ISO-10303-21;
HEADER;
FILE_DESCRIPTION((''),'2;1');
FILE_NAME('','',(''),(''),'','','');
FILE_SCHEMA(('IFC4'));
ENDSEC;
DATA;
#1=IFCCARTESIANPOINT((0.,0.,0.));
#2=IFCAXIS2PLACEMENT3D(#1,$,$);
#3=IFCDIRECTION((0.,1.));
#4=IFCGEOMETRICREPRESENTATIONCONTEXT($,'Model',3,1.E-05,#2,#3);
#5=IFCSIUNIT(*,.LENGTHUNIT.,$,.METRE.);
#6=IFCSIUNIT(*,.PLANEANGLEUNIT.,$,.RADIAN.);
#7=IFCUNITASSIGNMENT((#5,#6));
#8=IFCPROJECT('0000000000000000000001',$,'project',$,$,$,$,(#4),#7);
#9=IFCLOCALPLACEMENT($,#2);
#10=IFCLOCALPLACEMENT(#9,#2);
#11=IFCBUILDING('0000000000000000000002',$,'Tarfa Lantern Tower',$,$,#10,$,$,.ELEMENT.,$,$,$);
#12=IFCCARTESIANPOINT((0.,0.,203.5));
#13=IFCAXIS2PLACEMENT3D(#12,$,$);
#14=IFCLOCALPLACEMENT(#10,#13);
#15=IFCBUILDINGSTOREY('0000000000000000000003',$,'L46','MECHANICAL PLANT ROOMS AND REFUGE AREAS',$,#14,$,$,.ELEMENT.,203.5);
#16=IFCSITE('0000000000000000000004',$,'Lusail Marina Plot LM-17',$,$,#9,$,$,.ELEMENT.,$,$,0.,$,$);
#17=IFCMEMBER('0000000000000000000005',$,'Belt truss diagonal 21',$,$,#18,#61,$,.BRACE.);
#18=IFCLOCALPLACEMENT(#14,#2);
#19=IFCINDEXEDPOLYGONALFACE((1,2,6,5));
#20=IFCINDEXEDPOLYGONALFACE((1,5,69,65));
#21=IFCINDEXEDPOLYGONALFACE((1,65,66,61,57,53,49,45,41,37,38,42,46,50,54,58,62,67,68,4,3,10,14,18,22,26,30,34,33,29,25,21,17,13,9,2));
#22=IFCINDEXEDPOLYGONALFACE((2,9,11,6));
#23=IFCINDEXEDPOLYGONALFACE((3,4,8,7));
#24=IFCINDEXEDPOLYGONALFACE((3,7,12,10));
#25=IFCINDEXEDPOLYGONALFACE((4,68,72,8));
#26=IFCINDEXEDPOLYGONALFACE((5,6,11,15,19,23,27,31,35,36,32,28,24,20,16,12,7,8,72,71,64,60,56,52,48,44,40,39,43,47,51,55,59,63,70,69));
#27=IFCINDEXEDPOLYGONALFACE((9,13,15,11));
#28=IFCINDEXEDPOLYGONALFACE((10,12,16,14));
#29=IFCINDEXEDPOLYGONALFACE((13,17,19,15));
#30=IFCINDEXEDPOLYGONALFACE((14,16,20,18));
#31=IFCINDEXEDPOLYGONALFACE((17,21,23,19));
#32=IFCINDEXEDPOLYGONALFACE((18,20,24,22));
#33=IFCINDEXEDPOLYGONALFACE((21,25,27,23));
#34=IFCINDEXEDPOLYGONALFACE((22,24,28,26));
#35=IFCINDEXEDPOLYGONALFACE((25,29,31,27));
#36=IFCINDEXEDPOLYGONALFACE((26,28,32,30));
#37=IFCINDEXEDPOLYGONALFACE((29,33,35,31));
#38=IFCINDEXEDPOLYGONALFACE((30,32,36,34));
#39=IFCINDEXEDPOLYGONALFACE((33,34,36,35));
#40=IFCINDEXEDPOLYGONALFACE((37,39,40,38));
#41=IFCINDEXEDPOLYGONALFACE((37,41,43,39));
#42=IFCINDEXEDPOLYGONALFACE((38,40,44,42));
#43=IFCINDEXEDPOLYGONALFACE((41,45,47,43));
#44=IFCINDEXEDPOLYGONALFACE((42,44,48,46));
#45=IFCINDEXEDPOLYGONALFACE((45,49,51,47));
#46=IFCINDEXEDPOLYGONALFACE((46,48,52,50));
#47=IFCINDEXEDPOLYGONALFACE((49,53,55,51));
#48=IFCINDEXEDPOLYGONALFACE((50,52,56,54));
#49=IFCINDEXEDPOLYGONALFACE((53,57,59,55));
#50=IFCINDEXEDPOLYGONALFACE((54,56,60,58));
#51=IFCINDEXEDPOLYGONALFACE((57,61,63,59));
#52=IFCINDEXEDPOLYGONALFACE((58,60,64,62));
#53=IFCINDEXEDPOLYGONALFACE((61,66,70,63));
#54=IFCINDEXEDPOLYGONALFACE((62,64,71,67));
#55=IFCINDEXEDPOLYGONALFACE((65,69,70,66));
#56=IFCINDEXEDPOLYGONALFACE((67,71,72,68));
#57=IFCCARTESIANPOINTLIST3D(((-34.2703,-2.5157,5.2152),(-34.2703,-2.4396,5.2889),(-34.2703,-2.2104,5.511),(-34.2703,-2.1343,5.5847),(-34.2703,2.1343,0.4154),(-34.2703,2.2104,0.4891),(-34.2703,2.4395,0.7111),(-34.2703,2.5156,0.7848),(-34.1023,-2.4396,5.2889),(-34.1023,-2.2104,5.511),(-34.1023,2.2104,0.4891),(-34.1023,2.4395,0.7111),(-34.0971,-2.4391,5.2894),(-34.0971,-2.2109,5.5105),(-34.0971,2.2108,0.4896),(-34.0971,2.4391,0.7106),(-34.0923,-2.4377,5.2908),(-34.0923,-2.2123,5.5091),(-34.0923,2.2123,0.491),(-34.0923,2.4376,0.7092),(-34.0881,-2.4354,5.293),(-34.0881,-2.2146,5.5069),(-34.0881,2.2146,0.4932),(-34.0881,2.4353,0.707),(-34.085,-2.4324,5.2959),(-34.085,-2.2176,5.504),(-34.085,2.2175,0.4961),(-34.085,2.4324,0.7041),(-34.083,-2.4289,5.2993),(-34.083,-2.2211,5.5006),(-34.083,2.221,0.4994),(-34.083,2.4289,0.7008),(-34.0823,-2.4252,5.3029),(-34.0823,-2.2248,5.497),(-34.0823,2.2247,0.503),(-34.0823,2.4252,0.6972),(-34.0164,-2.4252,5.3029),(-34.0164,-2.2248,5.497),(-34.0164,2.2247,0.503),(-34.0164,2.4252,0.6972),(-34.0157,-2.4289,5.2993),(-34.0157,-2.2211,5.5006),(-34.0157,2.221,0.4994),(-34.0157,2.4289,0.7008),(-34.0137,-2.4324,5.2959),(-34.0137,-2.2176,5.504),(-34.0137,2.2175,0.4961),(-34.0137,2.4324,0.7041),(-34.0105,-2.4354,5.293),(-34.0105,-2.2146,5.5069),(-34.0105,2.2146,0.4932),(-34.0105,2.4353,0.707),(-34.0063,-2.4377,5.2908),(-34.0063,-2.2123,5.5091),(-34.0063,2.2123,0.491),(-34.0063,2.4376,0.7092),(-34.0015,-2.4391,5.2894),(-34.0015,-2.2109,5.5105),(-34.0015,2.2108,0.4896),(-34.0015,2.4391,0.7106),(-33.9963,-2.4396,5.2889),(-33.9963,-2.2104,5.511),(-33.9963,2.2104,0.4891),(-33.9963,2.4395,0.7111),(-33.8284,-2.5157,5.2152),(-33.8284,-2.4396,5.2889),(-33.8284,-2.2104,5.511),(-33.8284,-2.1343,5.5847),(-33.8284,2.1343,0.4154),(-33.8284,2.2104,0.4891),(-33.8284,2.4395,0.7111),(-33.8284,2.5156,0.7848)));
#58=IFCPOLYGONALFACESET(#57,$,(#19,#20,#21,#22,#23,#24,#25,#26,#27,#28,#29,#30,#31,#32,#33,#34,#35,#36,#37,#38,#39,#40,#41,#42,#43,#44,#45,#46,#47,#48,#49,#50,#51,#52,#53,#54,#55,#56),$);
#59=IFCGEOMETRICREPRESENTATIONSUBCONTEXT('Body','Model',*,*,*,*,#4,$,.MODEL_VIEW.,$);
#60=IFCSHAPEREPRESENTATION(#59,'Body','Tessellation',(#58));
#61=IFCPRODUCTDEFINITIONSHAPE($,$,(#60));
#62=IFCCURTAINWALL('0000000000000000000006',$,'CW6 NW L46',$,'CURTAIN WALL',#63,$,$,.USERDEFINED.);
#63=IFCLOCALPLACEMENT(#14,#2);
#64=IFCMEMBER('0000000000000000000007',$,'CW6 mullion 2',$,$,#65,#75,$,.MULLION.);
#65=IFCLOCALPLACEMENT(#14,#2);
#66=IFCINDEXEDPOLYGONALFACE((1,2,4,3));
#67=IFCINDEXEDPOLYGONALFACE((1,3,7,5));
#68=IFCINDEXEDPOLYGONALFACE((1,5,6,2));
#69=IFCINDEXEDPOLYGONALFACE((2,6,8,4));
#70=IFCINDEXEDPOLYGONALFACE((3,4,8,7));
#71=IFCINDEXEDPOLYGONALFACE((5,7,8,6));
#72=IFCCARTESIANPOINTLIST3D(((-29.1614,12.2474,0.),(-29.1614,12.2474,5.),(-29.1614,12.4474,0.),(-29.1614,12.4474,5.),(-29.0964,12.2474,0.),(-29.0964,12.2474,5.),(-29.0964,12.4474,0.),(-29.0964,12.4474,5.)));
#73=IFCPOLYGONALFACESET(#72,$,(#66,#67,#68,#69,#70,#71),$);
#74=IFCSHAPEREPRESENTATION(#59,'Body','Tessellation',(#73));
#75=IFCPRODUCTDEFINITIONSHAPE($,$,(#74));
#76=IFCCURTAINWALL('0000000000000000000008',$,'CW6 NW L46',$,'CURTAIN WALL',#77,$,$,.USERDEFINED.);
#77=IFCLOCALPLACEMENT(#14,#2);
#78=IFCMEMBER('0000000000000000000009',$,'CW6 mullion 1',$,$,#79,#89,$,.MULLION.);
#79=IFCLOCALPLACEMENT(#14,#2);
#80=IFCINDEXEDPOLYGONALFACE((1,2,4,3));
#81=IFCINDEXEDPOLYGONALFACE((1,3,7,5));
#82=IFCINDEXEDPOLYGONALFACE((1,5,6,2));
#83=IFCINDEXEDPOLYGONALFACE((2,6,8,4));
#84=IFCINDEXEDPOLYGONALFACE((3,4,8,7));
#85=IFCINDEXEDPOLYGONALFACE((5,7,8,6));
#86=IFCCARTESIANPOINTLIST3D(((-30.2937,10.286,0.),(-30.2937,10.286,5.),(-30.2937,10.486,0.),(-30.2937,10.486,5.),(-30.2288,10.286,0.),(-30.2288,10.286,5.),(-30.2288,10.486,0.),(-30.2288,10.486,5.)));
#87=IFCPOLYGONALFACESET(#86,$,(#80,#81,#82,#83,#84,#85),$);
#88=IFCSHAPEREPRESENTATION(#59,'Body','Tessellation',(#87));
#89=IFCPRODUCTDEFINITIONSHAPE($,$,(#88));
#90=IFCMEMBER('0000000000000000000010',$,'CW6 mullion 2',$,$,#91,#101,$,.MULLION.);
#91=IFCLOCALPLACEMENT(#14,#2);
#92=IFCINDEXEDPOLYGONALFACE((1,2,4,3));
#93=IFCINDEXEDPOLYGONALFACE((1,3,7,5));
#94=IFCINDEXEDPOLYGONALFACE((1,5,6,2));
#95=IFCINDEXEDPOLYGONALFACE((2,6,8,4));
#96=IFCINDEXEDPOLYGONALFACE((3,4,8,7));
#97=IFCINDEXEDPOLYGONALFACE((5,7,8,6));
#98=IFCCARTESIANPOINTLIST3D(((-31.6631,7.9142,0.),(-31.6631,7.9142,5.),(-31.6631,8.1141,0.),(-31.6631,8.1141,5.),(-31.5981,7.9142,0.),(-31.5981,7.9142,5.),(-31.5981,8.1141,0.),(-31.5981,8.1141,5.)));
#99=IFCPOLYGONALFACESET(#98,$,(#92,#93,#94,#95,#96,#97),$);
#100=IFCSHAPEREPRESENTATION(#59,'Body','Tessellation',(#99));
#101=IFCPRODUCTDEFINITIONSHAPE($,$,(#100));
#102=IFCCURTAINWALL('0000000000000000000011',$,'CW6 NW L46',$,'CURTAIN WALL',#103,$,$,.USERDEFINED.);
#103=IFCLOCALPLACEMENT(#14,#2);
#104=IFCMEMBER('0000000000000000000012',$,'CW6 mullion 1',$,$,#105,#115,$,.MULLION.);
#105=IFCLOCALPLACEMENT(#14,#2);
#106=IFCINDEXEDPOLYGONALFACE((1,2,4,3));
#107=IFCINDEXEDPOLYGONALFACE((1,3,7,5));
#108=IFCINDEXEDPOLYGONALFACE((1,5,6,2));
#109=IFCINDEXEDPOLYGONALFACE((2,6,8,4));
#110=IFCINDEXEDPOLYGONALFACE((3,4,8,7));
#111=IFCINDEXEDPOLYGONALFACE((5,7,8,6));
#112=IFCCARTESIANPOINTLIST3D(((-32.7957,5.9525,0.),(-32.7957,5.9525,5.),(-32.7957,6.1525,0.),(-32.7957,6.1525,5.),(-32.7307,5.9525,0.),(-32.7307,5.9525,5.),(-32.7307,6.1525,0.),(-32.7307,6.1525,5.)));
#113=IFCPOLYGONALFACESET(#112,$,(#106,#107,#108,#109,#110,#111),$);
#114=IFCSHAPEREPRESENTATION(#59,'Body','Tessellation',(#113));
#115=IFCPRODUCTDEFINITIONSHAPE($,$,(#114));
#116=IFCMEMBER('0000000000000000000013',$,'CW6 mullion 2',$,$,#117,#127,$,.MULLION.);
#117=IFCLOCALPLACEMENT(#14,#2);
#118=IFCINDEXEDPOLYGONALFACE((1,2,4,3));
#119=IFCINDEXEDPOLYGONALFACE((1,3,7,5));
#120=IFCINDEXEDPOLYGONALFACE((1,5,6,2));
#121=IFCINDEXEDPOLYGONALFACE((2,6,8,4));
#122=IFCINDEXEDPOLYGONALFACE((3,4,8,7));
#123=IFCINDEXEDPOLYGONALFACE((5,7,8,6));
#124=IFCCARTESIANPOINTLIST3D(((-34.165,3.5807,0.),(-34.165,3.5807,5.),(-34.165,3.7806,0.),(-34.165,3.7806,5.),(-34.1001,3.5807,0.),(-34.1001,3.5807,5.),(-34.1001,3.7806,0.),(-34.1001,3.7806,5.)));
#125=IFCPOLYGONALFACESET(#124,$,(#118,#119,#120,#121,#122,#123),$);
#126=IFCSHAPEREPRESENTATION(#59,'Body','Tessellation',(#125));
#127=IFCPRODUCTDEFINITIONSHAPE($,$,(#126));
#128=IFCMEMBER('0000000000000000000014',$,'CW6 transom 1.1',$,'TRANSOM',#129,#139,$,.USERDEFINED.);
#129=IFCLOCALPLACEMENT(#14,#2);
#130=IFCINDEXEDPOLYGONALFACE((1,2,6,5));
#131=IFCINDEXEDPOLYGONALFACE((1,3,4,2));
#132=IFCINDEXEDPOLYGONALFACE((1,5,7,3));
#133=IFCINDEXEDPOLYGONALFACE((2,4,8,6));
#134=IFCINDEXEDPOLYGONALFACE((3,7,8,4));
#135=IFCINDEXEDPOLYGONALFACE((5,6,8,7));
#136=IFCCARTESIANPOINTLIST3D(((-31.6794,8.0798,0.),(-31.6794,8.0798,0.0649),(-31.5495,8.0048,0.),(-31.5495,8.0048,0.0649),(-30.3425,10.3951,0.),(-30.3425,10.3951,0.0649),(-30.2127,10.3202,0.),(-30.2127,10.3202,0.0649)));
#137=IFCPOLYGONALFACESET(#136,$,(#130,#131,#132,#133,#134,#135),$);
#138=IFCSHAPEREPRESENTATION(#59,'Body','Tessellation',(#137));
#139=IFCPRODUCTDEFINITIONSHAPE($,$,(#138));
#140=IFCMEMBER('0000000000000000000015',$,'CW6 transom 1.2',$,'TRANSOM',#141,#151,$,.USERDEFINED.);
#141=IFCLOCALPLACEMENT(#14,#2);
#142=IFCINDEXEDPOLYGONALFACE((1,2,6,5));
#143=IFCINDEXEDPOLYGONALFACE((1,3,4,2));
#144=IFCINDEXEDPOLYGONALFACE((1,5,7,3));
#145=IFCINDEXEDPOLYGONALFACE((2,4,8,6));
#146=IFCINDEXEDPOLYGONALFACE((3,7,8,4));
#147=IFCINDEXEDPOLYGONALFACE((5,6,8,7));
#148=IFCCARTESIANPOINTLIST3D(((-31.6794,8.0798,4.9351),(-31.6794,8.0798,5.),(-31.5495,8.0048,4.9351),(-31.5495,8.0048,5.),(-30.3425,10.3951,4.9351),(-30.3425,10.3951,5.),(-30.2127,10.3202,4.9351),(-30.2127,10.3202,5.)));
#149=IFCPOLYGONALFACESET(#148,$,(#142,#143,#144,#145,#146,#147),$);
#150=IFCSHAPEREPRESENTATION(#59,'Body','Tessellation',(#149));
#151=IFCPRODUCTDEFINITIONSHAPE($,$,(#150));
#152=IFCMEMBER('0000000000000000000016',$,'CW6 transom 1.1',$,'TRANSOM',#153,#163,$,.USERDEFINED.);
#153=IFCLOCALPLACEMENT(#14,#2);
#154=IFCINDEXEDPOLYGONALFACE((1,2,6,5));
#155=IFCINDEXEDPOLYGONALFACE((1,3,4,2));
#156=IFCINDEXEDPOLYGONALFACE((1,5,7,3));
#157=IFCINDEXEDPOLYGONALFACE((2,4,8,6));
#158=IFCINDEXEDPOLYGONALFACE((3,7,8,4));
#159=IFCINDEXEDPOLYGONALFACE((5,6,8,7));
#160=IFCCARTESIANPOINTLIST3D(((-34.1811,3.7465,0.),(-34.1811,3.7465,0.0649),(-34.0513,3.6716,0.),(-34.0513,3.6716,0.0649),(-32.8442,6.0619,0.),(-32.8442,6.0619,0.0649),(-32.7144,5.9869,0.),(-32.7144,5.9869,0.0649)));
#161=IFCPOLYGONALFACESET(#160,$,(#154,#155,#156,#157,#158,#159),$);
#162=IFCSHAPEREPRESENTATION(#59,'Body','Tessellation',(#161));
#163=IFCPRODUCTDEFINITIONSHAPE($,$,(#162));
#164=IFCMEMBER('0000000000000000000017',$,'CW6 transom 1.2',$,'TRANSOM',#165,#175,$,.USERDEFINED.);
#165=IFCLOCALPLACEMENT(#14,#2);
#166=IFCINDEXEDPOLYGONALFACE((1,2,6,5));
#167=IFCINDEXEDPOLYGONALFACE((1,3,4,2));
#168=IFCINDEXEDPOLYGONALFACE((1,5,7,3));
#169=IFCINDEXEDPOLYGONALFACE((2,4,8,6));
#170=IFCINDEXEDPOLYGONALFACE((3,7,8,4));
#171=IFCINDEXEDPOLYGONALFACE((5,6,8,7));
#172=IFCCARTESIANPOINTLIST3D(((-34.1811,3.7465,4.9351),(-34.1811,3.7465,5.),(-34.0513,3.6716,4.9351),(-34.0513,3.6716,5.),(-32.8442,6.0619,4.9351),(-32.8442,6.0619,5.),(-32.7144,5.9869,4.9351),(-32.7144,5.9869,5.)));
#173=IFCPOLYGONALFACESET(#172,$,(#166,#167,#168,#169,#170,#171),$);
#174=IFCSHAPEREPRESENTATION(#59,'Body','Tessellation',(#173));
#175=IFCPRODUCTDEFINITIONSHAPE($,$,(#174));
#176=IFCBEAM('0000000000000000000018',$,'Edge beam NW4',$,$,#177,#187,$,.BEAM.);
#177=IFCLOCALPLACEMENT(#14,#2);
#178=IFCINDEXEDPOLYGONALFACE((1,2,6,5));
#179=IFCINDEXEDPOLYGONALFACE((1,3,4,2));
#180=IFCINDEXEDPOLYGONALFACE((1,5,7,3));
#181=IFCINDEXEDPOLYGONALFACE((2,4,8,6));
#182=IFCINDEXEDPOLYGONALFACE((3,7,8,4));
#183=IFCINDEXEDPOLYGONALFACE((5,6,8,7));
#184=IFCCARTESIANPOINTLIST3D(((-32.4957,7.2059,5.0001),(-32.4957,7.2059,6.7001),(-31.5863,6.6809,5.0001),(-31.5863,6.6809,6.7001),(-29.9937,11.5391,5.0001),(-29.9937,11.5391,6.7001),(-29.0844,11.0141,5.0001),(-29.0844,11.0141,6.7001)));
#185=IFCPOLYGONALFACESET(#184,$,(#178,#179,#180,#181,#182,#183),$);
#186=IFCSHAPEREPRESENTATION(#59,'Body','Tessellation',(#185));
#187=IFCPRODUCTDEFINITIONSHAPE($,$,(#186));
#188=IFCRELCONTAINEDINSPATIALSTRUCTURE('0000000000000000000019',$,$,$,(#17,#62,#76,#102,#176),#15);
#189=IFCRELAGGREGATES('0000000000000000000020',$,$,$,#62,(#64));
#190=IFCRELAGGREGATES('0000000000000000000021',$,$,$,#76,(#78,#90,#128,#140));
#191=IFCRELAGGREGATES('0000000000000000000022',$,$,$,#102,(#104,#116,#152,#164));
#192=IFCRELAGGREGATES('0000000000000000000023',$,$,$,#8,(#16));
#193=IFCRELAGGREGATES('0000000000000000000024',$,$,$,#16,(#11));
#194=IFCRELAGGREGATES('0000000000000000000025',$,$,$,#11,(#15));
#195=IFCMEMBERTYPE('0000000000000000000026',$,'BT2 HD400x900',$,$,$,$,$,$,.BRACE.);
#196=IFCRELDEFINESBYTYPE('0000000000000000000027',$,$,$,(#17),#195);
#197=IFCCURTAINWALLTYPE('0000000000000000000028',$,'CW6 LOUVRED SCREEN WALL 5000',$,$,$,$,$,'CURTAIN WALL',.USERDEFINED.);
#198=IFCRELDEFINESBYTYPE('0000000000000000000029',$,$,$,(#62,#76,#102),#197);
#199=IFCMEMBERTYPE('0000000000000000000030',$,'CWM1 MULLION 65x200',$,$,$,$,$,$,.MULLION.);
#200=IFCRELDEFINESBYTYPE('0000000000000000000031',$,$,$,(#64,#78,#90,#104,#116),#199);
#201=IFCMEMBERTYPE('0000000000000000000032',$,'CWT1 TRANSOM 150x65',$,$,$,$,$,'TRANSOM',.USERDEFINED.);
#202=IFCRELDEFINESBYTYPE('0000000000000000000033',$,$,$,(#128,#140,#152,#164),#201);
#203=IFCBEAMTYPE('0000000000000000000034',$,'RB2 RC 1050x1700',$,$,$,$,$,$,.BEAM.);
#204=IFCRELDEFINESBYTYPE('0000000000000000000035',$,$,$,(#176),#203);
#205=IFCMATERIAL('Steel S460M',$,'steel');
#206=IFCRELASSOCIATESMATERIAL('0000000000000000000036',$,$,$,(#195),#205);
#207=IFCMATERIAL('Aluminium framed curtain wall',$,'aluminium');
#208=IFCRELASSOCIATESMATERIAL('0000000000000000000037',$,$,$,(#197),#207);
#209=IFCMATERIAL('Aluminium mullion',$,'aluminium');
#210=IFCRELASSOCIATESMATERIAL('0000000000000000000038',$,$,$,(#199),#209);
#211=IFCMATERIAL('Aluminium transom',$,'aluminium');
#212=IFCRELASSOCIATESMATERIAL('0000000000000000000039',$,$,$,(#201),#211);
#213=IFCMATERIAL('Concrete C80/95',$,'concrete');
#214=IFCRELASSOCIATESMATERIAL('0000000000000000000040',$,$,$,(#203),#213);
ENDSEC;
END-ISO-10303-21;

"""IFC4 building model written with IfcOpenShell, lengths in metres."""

from ifc_helpers import new_model, si_unit, direction, frame, origin, origin_2d, place, context, subcontext, project, spatial, rectangle, i_section, extrude, material, material_profile, profile_set, type_object, element, aggregate, save


model = new_model("IFC4")

# Units and contexts
model_context = context("Model", 3, precision=1e-05, world=origin(), true_north=direction((0.0, 1.0)))
body_context = subcontext(model_context, "Body", "Model", "MODEL_VIEW")
ifc_project = project(units=[si_unit("LENGTHUNIT", "METRE"), si_unit("PLANEANGLEUNIT", "RADIAN")], contexts=[model_context])

# Site, building, storey
site_placement = place(None, origin())
site = spatial("IfcSite", under=ifc_project, at=site_placement, Name="Lusail Marina Plot LM-17", CompositionType="ELEMENT", RefElevation=0.0)
building_placement = place(site_placement, origin())
building = spatial("IfcBuilding", under=site, at=building_placement, Name="Tarfa Lantern Tower", CompositionType="ELEMENT")
storey_placement = place(building_placement, frame((0.0, 0.0, 203.5)))
storey = spatial("IfcBuildingStorey", under=building, at=storey_placement, Name="L46", Description="MECHANICAL PLANT ROOMS AND REFUGE AREAS", CompositionType="ELEMENT", Elevation=203.5)

# Shared definitions
ifc_material_1 = material(Name="Concrete C80/95", Category="concrete")

# Member
ifc_material_2 = material(Name="Steel S460M", Category="steel")
ifc_material_profile_1 = material_profile(ifc_material_2, i_section(OverallWidth=0.4419, OverallDepth=0.531, WebThickness=0.0659, FlangeThickness=0.106, FilletRadius=0.02, at=origin_2d()), Name="HD400x900")
ifc_profile_set_1 = profile_set([ifc_material_profile_1], Name="Steel S460M")
member_type_1 = type_object("IfcMemberType", Name="BT2 HD400x900", PredefinedType="BRACE", material=ifc_profile_set_1)
member_1_placement = place(storey_placement, frame((-34.0493, 2.325, 0.6001), z_axis=(0.0, -0.695802, 0.718233), x_axis=(1.0, 0.0, 0.0)))
element("IfcMember", 1, at=member_1_placement, inside=storey, type_object=member_type_1, Name="Belt truss diagonal 21", PredefinedType="BRACE", context=body_context, shape_type="SweptSolid", body=[
    extrude(i_section(OverallWidth=0.4419, OverallDepth=0.531, WebThickness=0.0659, FlangeThickness=0.106, FilletRadius=0.02, at=origin_2d()), origin(), (0.0, 0.0, 1.0), 6.6829),
])

# Curtain wall, member
ifc_material_3 = material(Name="Aluminium framed curtain wall", Category="aluminium")
curtain_wall_type = type_object("IfcCurtainWallType", Name="CW6 LOUVRED SCREEN WALL 5000", ElementType="CURTAIN WALL", PredefinedType="USERDEFINED", material=ifc_material_3)
curtain_wall_1_placement = place(storey_placement, origin())
curtain_wall_1 = element("IfcCurtainWall", 2, at=curtain_wall_1_placement, inside=storey, type_object=curtain_wall_type, Name="CW6 NW L46", ObjectType="CURTAIN WALL", PredefinedType="USERDEFINED")
ifc_material_4 = material(Name="Aluminium mullion", Category="aluminium")
ifc_material_profile_2 = material_profile(ifc_material_4, rectangle(XDim=0.0649, YDim=0.2, at=origin_2d()), Name="AL MULLION 65x200")
ifc_profile_set_2 = profile_set([ifc_material_profile_2], Name="Aluminium mullion")
member_type_2 = type_object("IfcMemberType", Name="CWM1 MULLION 65x200", PredefinedType="MULLION", material=ifc_profile_set_2)
member_2_placement = place(storey_placement, frame((-29.1289, 12.3474, 0.0), z_axis=(0.0, 0.0, 1.0), x_axis=(1.0, 0.0, 0.0)))
member_2 = element("IfcMember", 3, at=member_2_placement, type_object=member_type_2, Name="CW6 mullion 2", PredefinedType="MULLION", context=body_context, shape_type="SweptSolid", body=[
    extrude(rectangle(XDim=0.0649, YDim=0.2, at=origin_2d()), origin(), (0.0, 0.0, 1.0), 5.0),
])

# Curtain walls, members
curtain_wall_2_placement = place(storey_placement, origin())
curtain_wall_2 = element("IfcCurtainWall", 4, at=curtain_wall_2_placement, inside=storey, type_object=curtain_wall_type, Name="CW6 NW L46", ObjectType="CURTAIN WALL", PredefinedType="USERDEFINED")
member_3_placement = place(storey_placement, frame((-30.2612, 10.386, 0.0), z_axis=(0.0, 0.0, 1.0), x_axis=(1.0, 0.0, 0.0)))
member_3 = element("IfcMember", 5, at=member_3_placement, type_object=member_type_2, Name="CW6 mullion 1", PredefinedType="MULLION", context=body_context, shape_type="SweptSolid", body=[
    extrude(rectangle(XDim=0.0649, YDim=0.2, at=origin_2d()), origin(), (0.0, 0.0, 1.0), 5.0),
])
member_4_placement = place(storey_placement, frame((-31.6306, 8.0142, 0.0), z_axis=(0.0, 0.0, 1.0), x_axis=(1.0, 0.0, 0.0)))
member_4 = element("IfcMember", 6, at=member_4_placement, type_object=member_type_2, Name="CW6 mullion 2", PredefinedType="MULLION", context=body_context, shape_type="SweptSolid", body=[
    extrude(rectangle(XDim=0.0649, YDim=0.2, at=origin_2d()), origin(), (0.0, 0.0, 1.0), 5.0),
])
curtain_wall_3_placement = place(storey_placement, origin())
curtain_wall_3 = element("IfcCurtainWall", 7, at=curtain_wall_3_placement, inside=storey, type_object=curtain_wall_type, Name="CW6 NW L46", ObjectType="CURTAIN WALL", PredefinedType="USERDEFINED")
member_5_placement = place(storey_placement, frame((-32.7632, 6.0525, 0.0), z_axis=(0.0, 0.0, 1.0), x_axis=(1.0, 0.0, 0.0)))
member_5 = element("IfcMember", 8, at=member_5_placement, type_object=member_type_2, Name="CW6 mullion 1", PredefinedType="MULLION", context=body_context, shape_type="SweptSolid", body=[
    extrude(rectangle(XDim=0.0649, YDim=0.2, at=origin_2d()), origin(), (0.0, 0.0, 1.0), 5.0),
])
member_6_placement = place(storey_placement, frame((-34.1326, 3.6807, 0.0), z_axis=(0.0, 0.0, 1.0), x_axis=(1.0, 0.0, 0.0)))
member_6 = element("IfcMember", 9, at=member_6_placement, type_object=member_type_2, Name="CW6 mullion 2", PredefinedType="MULLION", context=body_context, shape_type="SweptSolid", body=[
    extrude(rectangle(XDim=0.0649, YDim=0.2, at=origin_2d()), origin(), (0.0, 0.0, 1.0), 5.0),
])

# Members
ifc_material_5 = material(Name="Aluminium transom", Category="aluminium")
ifc_material_profile_3 = material_profile(ifc_material_5, rectangle(XDim=0.1499, YDim=0.0649, at=origin_2d()), Name="AL TRANSOM 150x65")
ifc_profile_set_3 = profile_set([ifc_material_profile_3], Name="Aluminium transom")
member_type_3 = type_object("IfcMemberType", Name="CWT1 TRANSOM 150x65", ElementType="TRANSOM", PredefinedType="USERDEFINED", material=ifc_profile_set_3)
member_7_placement = place(storey_placement, frame((-30.2776, 10.3577, 0.0325), z_axis=(-0.500028, -0.866009, 0.0), x_axis=(0.866009, -0.500028, 0.0)))
member_7 = element("IfcMember", 10, at=member_7_placement, type_object=member_type_3, Name="CW6 transom 1.1", ObjectType="TRANSOM", PredefinedType="USERDEFINED", context=body_context, shape_type="SweptSolid", body=[
    extrude(rectangle(XDim=0.1499, YDim=0.0649, at=origin_2d()), origin(), (0.0, 0.0, 1.0), 2.6736),
])
member_8_placement = place(storey_placement, frame((-30.2776, 10.3577, 4.9675), z_axis=(-0.500028, -0.866009, 0.0), x_axis=(0.866009, -0.500028, 0.0)))
member_8 = element("IfcMember", 11, at=member_8_placement, type_object=member_type_3, Name="CW6 transom 1.2", ObjectType="TRANSOM", PredefinedType="USERDEFINED", context=body_context, shape_type="SweptSolid", body=[
    extrude(rectangle(XDim=0.1499, YDim=0.0649, at=origin_2d()), origin(), (0.0, 0.0, 1.0), 2.6736),
])
member_9_placement = place(storey_placement, frame((-32.7793, 6.0244, 0.0325), z_axis=(-0.500028, -0.866009, 0.0), x_axis=(0.866009, -0.500028, 0.0)))
member_9 = element("IfcMember", 12, at=member_9_placement, type_object=member_type_3, Name="CW6 transom 1.1", ObjectType="TRANSOM", PredefinedType="USERDEFINED", context=body_context, shape_type="SweptSolid", body=[
    extrude(rectangle(XDim=0.1499, YDim=0.0649, at=origin_2d()), origin(), (0.0, 0.0, 1.0), 2.6736),
])
member_10_placement = place(storey_placement, frame((-32.7793, 6.0244, 4.9675), z_axis=(-0.500028, -0.866009, 0.0), x_axis=(0.866009, -0.500028, 0.0)))
member_10 = element("IfcMember", 13, at=member_10_placement, type_object=member_type_3, Name="CW6 transom 1.2", ObjectType="TRANSOM", PredefinedType="USERDEFINED", context=body_context, shape_type="SweptSolid", body=[
    extrude(rectangle(XDim=0.1499, YDim=0.0649, at=origin_2d()), origin(), (0.0, 0.0, 1.0), 2.6736),
])

# Beam
ifc_material_profile_4 = material_profile(ifc_material_1, rectangle(XDim=1.05, YDim=1.7, at=origin_2d()), Name="RC 1050x1700")
ifc_profile_set_4 = profile_set([ifc_material_profile_4], Name="Concrete C80/95")
beam_type_1 = type_object("IfcBeamType", Name="RB2 RC 1050x1700", PredefinedType="BEAM", material=ifc_profile_set_4)
for number, where, z_axis, x_axis, name in (
    (14, (-29.5391, 11.2766, 5.8501), (-0.500022, -0.866013, 0.0), (0.866013, -0.500022, 0.0), "Edge beam NW4"),
):
    element("IfcBeam", number, at=place(storey_placement, frame(where, z_axis=z_axis, x_axis=x_axis)), inside=storey, type_object=beam_type_1, Name=name, PredefinedType="BEAM", context=body_context, shape_type="SweptSolid", body=[
        extrude(rectangle(XDim=1.05, YDim=1.7, at=origin_2d()), origin(), (0.0, 0.0, 1.0), 5.0037),
    ])

aggregate(curtain_wall_1, [member_2])
aggregate(curtain_wall_2, [member_3, member_4, member_7, member_8])
aggregate(curtain_wall_3, [member_5, member_6, member_9, member_10])

save(model, "model.ifc")
